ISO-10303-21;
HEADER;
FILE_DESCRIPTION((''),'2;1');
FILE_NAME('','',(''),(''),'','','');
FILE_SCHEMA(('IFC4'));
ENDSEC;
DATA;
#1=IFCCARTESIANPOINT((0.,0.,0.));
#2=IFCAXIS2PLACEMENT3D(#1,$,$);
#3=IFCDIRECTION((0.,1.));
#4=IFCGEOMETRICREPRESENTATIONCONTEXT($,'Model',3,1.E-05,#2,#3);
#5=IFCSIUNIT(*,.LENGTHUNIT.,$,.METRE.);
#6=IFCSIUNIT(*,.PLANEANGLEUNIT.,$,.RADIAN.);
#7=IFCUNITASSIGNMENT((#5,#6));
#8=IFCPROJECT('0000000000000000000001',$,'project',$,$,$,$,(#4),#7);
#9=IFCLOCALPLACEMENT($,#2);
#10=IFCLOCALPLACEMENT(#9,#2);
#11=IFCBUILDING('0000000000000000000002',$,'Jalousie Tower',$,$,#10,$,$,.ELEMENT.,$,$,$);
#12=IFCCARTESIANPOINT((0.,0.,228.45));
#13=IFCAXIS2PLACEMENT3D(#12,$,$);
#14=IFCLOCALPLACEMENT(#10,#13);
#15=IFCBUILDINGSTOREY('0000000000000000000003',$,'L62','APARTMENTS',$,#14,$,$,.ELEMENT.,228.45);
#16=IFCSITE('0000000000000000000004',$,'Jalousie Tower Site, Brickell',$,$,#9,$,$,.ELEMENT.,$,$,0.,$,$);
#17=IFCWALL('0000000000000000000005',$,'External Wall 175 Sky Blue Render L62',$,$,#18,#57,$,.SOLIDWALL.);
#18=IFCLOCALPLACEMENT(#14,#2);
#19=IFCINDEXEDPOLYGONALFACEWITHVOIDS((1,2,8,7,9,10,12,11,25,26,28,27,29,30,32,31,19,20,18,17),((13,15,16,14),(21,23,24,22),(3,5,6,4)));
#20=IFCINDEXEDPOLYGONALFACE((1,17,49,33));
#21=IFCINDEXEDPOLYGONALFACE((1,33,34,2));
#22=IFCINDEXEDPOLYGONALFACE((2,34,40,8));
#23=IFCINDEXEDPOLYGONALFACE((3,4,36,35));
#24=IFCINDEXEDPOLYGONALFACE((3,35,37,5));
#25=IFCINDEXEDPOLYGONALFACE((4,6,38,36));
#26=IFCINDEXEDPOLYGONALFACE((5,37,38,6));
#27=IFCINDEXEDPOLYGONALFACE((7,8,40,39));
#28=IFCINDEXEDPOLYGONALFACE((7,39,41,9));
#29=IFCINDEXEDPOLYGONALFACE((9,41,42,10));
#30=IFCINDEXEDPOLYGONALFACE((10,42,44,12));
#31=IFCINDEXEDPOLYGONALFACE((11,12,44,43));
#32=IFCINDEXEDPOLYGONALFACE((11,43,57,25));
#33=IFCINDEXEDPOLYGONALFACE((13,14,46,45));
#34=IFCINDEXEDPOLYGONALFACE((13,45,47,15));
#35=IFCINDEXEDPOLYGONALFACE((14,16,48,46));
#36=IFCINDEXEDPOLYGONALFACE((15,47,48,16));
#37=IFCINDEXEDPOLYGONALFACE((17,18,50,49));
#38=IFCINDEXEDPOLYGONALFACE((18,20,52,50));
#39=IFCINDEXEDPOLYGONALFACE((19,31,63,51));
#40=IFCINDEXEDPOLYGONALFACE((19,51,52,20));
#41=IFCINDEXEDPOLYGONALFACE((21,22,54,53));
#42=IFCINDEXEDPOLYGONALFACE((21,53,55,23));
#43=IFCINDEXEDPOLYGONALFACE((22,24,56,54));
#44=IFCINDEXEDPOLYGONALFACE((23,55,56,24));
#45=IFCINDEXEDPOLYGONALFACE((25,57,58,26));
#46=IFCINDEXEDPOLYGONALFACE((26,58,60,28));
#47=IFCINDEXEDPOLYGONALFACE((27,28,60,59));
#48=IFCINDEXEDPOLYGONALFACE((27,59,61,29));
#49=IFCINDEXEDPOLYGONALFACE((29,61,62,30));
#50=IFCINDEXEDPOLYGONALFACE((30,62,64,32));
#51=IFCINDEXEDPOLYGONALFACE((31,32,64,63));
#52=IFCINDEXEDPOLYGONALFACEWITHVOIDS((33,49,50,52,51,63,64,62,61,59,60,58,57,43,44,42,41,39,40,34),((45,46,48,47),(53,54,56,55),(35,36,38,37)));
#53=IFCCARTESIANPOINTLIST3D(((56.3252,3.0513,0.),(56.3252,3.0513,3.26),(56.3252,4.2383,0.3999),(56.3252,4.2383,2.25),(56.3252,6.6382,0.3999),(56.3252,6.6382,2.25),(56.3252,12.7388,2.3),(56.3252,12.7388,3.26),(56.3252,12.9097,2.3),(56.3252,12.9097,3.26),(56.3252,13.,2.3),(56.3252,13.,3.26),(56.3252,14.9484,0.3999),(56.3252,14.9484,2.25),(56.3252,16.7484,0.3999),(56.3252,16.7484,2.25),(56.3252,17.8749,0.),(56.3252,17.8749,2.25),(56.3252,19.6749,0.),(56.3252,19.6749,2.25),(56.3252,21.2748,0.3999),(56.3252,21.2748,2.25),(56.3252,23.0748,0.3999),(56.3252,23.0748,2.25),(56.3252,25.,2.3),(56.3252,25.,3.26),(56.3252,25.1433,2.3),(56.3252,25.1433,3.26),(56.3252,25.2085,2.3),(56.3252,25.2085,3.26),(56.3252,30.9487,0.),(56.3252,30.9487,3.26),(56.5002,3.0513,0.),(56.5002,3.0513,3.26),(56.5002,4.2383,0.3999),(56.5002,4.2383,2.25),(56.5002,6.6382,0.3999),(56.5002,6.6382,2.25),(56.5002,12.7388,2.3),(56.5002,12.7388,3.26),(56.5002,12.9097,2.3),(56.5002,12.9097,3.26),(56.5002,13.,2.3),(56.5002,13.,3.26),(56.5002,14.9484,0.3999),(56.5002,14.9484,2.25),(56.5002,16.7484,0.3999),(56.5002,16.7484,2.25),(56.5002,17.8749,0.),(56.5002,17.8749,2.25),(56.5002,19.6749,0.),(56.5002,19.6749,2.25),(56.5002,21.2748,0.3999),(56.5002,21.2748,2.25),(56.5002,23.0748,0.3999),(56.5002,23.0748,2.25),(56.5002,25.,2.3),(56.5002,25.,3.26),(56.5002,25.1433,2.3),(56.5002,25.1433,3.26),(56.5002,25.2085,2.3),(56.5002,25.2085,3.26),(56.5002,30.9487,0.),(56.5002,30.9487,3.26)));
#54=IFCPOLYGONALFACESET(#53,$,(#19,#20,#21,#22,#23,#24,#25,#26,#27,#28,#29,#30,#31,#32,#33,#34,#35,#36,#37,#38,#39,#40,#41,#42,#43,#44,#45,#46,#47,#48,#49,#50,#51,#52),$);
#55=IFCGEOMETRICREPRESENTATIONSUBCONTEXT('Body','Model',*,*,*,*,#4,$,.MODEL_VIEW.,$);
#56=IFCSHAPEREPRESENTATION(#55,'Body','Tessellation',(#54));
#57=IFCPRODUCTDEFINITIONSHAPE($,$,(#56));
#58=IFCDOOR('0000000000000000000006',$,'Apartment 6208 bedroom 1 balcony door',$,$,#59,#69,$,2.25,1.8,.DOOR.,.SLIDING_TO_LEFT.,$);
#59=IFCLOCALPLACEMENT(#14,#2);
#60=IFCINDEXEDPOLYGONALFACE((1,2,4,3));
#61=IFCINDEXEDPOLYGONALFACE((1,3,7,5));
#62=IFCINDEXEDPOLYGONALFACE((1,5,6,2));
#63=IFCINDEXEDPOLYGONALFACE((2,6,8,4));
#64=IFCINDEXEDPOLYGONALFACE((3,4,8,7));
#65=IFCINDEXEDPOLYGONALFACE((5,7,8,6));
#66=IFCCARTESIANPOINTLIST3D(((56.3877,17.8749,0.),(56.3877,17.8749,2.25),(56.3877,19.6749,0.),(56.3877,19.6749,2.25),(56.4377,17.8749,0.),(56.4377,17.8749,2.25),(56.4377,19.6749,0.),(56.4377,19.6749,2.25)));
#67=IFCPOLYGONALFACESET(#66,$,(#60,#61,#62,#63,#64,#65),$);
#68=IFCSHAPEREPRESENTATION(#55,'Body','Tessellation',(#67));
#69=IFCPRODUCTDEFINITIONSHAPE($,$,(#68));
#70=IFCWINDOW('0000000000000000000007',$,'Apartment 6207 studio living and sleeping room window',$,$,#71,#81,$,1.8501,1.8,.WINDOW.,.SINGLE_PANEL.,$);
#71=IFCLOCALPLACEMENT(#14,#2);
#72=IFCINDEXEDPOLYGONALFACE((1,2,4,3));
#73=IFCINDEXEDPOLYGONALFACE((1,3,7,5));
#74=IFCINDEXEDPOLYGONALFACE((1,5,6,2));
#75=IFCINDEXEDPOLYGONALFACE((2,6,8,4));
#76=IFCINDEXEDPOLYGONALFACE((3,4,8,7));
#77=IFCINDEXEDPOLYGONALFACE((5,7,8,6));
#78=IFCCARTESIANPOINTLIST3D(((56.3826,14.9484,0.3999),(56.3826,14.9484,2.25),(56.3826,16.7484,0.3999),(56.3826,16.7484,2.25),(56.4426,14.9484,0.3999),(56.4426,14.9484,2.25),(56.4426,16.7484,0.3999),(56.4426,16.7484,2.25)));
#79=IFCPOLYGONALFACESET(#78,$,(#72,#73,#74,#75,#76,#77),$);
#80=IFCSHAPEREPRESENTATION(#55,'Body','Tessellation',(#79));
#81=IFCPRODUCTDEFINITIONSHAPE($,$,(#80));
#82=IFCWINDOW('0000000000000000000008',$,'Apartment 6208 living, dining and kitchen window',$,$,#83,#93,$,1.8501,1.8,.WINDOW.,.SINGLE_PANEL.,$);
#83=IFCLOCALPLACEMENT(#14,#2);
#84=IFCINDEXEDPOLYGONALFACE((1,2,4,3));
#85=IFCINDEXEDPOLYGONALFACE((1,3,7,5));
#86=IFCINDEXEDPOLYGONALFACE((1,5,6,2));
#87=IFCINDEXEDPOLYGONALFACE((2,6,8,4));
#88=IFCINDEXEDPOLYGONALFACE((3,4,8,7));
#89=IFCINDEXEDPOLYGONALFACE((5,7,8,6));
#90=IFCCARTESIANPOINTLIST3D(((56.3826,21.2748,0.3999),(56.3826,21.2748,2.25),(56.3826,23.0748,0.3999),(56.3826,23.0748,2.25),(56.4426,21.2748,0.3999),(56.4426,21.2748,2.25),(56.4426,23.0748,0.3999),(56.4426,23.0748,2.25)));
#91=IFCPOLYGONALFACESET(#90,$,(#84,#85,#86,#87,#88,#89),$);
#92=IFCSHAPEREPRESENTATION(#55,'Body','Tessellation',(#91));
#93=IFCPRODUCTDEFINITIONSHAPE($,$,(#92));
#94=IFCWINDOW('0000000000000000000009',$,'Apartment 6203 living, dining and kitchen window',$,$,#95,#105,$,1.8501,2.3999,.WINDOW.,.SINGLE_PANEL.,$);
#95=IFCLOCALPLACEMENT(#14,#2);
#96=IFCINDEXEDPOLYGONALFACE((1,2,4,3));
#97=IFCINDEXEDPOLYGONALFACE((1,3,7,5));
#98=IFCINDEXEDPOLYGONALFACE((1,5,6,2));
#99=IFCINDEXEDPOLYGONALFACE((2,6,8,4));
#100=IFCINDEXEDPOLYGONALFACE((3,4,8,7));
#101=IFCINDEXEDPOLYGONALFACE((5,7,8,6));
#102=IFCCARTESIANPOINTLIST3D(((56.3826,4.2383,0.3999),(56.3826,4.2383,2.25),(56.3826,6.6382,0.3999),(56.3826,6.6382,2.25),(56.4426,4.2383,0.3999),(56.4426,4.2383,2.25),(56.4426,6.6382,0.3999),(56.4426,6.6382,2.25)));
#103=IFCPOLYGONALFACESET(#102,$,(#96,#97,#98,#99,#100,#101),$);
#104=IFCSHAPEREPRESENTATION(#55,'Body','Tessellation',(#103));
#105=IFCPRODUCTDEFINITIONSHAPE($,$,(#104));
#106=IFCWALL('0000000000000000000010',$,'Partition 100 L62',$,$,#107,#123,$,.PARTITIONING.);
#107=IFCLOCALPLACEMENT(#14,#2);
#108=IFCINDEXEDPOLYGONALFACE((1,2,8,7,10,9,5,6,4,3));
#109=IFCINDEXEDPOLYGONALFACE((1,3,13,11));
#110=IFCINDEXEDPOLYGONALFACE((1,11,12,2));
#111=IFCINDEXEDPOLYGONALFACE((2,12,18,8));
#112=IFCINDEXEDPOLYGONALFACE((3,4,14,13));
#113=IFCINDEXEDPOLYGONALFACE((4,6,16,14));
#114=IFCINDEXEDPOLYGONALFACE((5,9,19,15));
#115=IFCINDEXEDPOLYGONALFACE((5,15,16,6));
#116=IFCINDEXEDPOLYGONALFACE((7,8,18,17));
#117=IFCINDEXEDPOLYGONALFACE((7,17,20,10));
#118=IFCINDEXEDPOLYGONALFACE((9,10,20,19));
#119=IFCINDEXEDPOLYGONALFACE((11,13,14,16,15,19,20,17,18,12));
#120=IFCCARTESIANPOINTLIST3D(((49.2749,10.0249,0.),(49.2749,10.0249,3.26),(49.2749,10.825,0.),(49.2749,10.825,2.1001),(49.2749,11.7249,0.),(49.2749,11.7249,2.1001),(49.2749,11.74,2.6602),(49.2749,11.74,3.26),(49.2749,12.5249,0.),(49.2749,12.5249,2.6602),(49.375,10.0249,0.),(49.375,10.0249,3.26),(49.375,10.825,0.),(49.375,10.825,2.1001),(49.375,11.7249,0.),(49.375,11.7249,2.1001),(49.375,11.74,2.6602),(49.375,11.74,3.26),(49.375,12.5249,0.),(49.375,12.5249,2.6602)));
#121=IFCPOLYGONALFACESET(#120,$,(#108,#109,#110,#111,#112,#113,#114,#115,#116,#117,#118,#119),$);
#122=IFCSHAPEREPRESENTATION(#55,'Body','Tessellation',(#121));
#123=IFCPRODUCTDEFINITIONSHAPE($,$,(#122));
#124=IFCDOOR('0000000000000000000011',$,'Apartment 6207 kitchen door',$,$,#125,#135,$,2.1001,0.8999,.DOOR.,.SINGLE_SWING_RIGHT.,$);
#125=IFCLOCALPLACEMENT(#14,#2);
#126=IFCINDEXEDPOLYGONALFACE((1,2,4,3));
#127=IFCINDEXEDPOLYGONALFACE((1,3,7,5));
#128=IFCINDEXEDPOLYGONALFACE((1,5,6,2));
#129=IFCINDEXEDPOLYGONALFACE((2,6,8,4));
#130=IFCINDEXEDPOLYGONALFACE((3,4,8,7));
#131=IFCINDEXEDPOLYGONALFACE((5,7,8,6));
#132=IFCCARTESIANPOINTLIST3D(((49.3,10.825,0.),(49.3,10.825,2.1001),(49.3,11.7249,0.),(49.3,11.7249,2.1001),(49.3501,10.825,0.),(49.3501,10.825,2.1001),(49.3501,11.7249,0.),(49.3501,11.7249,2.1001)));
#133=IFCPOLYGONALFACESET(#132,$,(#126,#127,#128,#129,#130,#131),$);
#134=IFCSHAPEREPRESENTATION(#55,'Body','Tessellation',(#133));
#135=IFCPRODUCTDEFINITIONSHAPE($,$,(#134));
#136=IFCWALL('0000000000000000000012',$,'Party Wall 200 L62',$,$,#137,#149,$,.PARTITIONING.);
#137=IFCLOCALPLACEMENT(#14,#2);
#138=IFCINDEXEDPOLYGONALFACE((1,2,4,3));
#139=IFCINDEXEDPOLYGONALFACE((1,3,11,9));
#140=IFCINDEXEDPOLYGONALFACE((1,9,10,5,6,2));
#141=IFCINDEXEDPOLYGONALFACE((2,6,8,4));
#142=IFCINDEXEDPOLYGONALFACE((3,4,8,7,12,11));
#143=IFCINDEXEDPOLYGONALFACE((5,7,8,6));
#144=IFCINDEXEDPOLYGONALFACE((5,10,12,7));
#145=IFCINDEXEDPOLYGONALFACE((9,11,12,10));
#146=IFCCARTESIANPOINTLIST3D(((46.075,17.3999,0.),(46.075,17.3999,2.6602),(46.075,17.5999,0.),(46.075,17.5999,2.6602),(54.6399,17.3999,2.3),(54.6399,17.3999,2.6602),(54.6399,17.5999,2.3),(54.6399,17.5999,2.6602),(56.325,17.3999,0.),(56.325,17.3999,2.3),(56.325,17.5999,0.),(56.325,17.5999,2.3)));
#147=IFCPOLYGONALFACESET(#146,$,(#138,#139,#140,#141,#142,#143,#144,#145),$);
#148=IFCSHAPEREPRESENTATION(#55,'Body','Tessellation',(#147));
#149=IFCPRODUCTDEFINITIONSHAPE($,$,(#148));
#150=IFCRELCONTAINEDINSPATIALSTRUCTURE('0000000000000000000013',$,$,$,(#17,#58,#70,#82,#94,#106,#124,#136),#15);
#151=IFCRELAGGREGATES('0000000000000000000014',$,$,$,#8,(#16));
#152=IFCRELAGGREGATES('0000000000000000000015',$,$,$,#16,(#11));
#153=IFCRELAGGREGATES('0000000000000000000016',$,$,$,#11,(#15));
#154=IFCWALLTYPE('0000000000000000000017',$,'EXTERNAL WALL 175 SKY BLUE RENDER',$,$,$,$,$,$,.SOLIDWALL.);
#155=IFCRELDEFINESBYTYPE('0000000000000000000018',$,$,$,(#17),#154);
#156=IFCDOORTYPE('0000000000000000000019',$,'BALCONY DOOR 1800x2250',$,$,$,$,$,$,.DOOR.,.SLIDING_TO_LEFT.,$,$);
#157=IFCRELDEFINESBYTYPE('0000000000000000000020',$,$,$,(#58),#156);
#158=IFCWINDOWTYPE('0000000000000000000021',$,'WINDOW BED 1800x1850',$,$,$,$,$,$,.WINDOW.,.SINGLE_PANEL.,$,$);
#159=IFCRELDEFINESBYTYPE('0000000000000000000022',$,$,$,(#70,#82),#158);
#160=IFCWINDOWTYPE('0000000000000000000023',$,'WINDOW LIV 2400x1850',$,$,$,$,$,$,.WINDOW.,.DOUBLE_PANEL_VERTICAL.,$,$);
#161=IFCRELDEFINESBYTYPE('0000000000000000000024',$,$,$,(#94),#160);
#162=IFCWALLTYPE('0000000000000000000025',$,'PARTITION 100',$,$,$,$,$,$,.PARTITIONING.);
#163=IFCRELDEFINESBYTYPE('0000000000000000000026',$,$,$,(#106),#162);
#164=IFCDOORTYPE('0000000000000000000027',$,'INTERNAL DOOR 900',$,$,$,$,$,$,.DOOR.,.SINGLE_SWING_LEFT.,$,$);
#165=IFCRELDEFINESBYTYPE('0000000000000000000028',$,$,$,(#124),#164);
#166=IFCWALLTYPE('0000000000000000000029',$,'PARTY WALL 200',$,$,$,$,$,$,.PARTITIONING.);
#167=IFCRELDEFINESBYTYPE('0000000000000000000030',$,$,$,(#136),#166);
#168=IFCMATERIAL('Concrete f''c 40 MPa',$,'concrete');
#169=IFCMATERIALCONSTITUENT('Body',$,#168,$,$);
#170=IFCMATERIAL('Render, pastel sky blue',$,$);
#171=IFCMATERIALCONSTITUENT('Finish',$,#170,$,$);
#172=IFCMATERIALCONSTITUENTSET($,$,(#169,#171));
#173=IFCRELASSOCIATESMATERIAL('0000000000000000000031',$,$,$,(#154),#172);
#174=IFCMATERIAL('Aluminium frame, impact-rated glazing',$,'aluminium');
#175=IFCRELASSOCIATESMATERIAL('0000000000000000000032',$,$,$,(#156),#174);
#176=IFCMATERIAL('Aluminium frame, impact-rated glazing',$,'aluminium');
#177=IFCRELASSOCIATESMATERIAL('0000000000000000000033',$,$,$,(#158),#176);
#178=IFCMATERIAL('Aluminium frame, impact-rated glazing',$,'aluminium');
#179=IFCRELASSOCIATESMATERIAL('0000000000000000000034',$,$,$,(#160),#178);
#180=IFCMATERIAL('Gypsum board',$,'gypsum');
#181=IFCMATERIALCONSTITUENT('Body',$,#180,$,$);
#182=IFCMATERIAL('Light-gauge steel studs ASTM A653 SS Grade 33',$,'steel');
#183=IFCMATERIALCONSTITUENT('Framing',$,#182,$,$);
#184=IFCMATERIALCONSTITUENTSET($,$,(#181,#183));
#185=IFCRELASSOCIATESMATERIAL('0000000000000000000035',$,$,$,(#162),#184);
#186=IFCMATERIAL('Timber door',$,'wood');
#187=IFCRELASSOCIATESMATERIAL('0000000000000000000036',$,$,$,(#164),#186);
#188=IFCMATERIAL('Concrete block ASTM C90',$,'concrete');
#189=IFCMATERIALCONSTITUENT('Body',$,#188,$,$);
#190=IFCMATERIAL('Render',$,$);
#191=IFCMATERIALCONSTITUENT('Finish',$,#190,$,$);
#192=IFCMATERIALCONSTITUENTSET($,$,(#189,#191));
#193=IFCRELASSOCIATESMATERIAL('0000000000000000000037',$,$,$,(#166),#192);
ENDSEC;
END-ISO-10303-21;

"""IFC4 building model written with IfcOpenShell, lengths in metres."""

from ifc_helpers import new_model, si_unit, direction, frame, frame_2d, origin, place, context, subcontext, project, spatial, polyline, rectangle, outline, extrude, material, constituent, constituent_set, type_object, element, fill, save


model = new_model("IFC4")

# Units and contexts
model_context = context("Model", 3, precision=1e-05, world=origin(), true_north=direction((0.0, 1.0)))
body_context = subcontext(model_context, "Body", "Model", "MODEL_VIEW")
ifc_project = project(units=[si_unit("LENGTHUNIT", "METRE"), si_unit("PLANEANGLEUNIT", "RADIAN")], contexts=[model_context])

# Site, building, storey
site_placement = place(None, origin())
site = spatial("IfcSite", under=ifc_project, at=site_placement, Name="Jalousie Tower Site, Brickell", CompositionType="ELEMENT", RefElevation=0.0)
building_placement = place(site_placement, origin())
building = spatial("IfcBuilding", under=site, at=building_placement, Name="Jalousie Tower", CompositionType="ELEMENT")
storey_placement = place(building_placement, frame((0.0, 0.0, 228.45)))
storey = spatial("IfcBuildingStorey", under=building, at=storey_placement, Name="L62", Description="APARTMENTS", CompositionType="ELEMENT", Elevation=228.45)

# Wall, openings, door, windows
ifc_material_1 = material(Name="Concrete f'c 40 MPa", Category="concrete")
ifc_constituent_1 = constituent(ifc_material_1, Name="Body")
ifc_material_2 = material(Name="Render, pastel sky blue")
ifc_constituent_2 = constituent(ifc_material_2, Name="Finish")
ifc_constituent_set_1 = constituent_set(constituents=[ifc_constituent_1, ifc_constituent_2])
wall_type_1 = type_object("IfcWallType", Name="EXTERNAL WALL 175 SKY BLUE RENDER", PredefinedType="SOLIDWALL", material=ifc_constituent_set_1)
wall_1_placement = place(storey_placement, frame((56.4126, 3.0513, 0.0), z_axis=(0.0, 0.0, 1.0), x_axis=(0.0, 1.0, 0.0)))
wall_1 = element("IfcWall", 1, at=wall_1_placement, inside=storey, type_object=wall_type_1, Name="External Wall 175 Sky Blue Render L62", PredefinedType="SOLIDWALL", context=body_context, shape_type="SweptSolid", body=[
    extrude(outline(polyline([(0.0, 0.0), (27.8975, 0.0), (27.8975, 3.26), (22.1572, 3.26), (22.1572, 2.3), (22.092, 2.3), (22.092, 3.26), (21.9487, 3.26), (21.9487, 2.3), (9.9487, 2.3), (9.9487, 3.26), (9.8584, 3.26), (9.8584, 2.3), (9.6875, 2.3), (9.6875, 3.26), (0.0, 3.26), (0.0, 0.0)])), frame((0.0, 0.0874, 0.0), z_axis=(0.0, -1.0, 0.0), x_axis=(1.0, 0.0, 0.0)), (0.0, 0.0, 1.0), 0.175),
])
opening_1_placement = place(wall_1_placement, frame((1.187, 0.0, 0.3999)))
opening_1 = element("IfcOpeningElement", 2, at=opening_1_placement, cuts=wall_1, PredefinedType="OPENING", context=body_context, shape_type="SweptSolid", body=[
    extrude(rectangle(XDim=2.3999, YDim=1.8501, at=frame_2d((1.2, 0.925))), frame((0.0, 0.0974, 0.0), z_axis=(0.0, -1.0, 0.0), x_axis=(1.0, 0.0, 0.0)), (0.0, 0.0, 1.0), 0.1951),
])
opening_2_placement = place(wall_1_placement, frame((11.8972, 0.0, 0.3999)))
opening_2 = element("IfcOpeningElement", 3, at=opening_2_placement, cuts=wall_1, PredefinedType="OPENING", context=body_context, shape_type="SweptSolid", body=[
    extrude(rectangle(XDim=1.8, YDim=1.8501, at=frame_2d((0.8999, 0.925))), frame((0.0, 0.0974, 0.0), z_axis=(0.0, -1.0, 0.0), x_axis=(1.0, 0.0, 0.0)), (0.0, 0.0, 1.0), 0.1951),
])
opening_3_placement = place(wall_1_placement, frame((14.8237, 0.0, 0.0)))
opening_3 = element("IfcOpeningElement", 4, at=opening_3_placement, cuts=wall_1, PredefinedType="OPENING", context=body_context, shape_type="SweptSolid", body=[
    extrude(rectangle(XDim=1.8, YDim=2.25, at=frame_2d((0.8999, 1.125))), frame((0.0, 0.0974, 0.0), z_axis=(0.0, -1.0, 0.0), x_axis=(1.0, 0.0, 0.0)), (0.0, 0.0, 1.0), 0.1951),
])
opening_4_placement = place(wall_1_placement, frame((18.2236, 0.0, 0.3999)))
opening_4 = element("IfcOpeningElement", 5, at=opening_4_placement, cuts=wall_1, PredefinedType="OPENING", context=body_context, shape_type="SweptSolid", body=[
    extrude(rectangle(XDim=1.8, YDim=1.8501, at=frame_2d((0.8999, 0.925))), frame((0.0, 0.0974, 0.0), z_axis=(0.0, -1.0, 0.0), x_axis=(1.0, 0.0, 0.0)), (0.0, 0.0, 1.0), 0.1951),
])
ifc_material_3 = material(Name="Aluminium frame, impact-rated glazing", Category="aluminium")
door_type_1 = type_object("IfcDoorType", Name="BALCONY DOOR 1800x2250", OperationType="SLIDING_TO_LEFT", PredefinedType="DOOR", material=ifc_material_3)
door_1_placement = place(opening_3_placement, origin())
door_1 = element("IfcDoor", 6, at=door_1_placement, inside=storey, type_object=door_type_1, Name="Apartment 6208 bedroom 1 balcony door", OperationType="SLIDING_TO_LEFT", OverallHeight=2.25, OverallWidth=1.8, PredefinedType="DOOR", context=body_context, shape_type="SweptSolid", body=[
    extrude(rectangle(XDim=1.8, YDim=2.25, at=frame_2d((0.8999, 1.125))), frame((0.0, 0.0249, 0.0), z_axis=(0.0, -1.0, 0.0), x_axis=(1.0, 0.0, 0.0)), (0.0, 0.0, 1.0), 0.05),
])
fill(opening_3, door_1)
ifc_material_4 = material(Name="Aluminium frame, impact-rated glazing", Category="aluminium")
window_type_1 = type_object("IfcWindowType", Name="WINDOW BED 1800x1850", PartitioningType="SINGLE_PANEL", PredefinedType="WINDOW", material=ifc_material_4)
window_1_placement = place(opening_2_placement, origin())
window_1 = element("IfcWindow", 7, at=window_1_placement, inside=storey, type_object=window_type_1, Name="Apartment 6207 studio living and sleeping room window", OverallHeight=1.8501, OverallWidth=1.8, PartitioningType="SINGLE_PANEL", PredefinedType="WINDOW", context=body_context, shape_type="SweptSolid", body=[
    extrude(rectangle(XDim=1.8, YDim=1.8501, at=frame_2d((0.8999, 0.925))), frame((0.0, 0.03, 0.0), z_axis=(0.0, -1.0, 0.0), x_axis=(1.0, 0.0, 0.0)), (0.0, 0.0, 1.0), 0.0601),
])
fill(opening_2, window_1)
window_2_placement = place(opening_4_placement, origin())
window_2 = element("IfcWindow", 8, at=window_2_placement, inside=storey, type_object=window_type_1, Name="Apartment 6208 living, dining and kitchen window", OverallHeight=1.8501, OverallWidth=1.8, PartitioningType="SINGLE_PANEL", PredefinedType="WINDOW", context=body_context, shape_type="SweptSolid", body=[
    extrude(rectangle(XDim=1.8, YDim=1.8501, at=frame_2d((0.8999, 0.925))), frame((0.0, 0.03, 0.0), z_axis=(0.0, -1.0, 0.0), x_axis=(1.0, 0.0, 0.0)), (0.0, 0.0, 1.0), 0.0601),
])
fill(opening_4, window_2)
ifc_material_5 = material(Name="Aluminium frame, impact-rated glazing", Category="aluminium")
window_type_2 = type_object("IfcWindowType", Name="WINDOW LIV 2400x1850", PartitioningType="DOUBLE_PANEL_VERTICAL", PredefinedType="WINDOW", material=ifc_material_5)
window_3_placement = place(opening_1_placement, origin())
window_3 = element("IfcWindow", 9, at=window_3_placement, inside=storey, type_object=window_type_2, Name="Apartment 6203 living, dining and kitchen window", OverallHeight=1.8501, OverallWidth=2.3999, PartitioningType="SINGLE_PANEL", PredefinedType="WINDOW", context=body_context, shape_type="SweptSolid", body=[
    extrude(rectangle(XDim=2.3999, YDim=1.8501, at=frame_2d((1.2, 0.925))), frame((0.0, 0.03, 0.0), z_axis=(0.0, -1.0, 0.0), x_axis=(1.0, 0.0, 0.0)), (0.0, 0.0, 1.0), 0.0601),
])
fill(opening_1, window_3)

# Wall, opening, door
ifc_material_6 = material(Name="Gypsum board", Category="gypsum")
ifc_constituent_3 = constituent(ifc_material_6, Name="Body")
ifc_material_7 = material(Name="Light-gauge steel studs ASTM A653 SS Grade 33", Category="steel")
ifc_constituent_4 = constituent(ifc_material_7, Name="Framing")
ifc_constituent_set_2 = constituent_set(constituents=[ifc_constituent_3, ifc_constituent_4])
wall_type_2 = type_object("IfcWallType", Name="PARTITION 100", PredefinedType="PARTITIONING", material=ifc_constituent_set_2)
wall_2_placement = place(storey_placement, frame((49.325, 10.0249, 0.0), z_axis=(0.0, 0.0, 1.0), x_axis=(0.0, 1.0, 0.0)))
wall_2 = element("IfcWall", 10, at=wall_2_placement, inside=storey, type_object=wall_type_2, Name="Partition 100 L62", PredefinedType="PARTITIONING", context=body_context, shape_type="SweptSolid", body=[
    extrude(outline(polyline([(0.0, 0.0), (2.5, 0.0), (2.5, 3.26), (2.5, 2.6602), (1.7151, 2.6602), (1.7151, 3.26), (0.0, 3.26), (0.0, 0.0)])), frame((0.0, 0.05, 0.0), z_axis=(0.0, -1.0, 0.0), x_axis=(1.0, 0.0, 0.0)), (0.0, 0.0, 1.0), 0.1001),
])
opening_5_placement = place(wall_2_placement, frame((0.8, 0.0, 0.0)))
opening_5 = element("IfcOpeningElement", 11, at=opening_5_placement, cuts=wall_2, PredefinedType="OPENING", context=body_context, shape_type="SweptSolid", body=[
    extrude(rectangle(XDim=0.8999, YDim=2.1001, at=frame_2d((0.45, 1.05))), frame((0.0, 0.0601, 0.0), z_axis=(0.0, -1.0, 0.0), x_axis=(1.0, 0.0, 0.0)), (0.0, 0.0, 1.0), 0.1201),
])
ifc_material_8 = material(Name="Timber door", Category="wood")
door_type_2 = type_object("IfcDoorType", Name="INTERNAL DOOR 900", OperationType="SINGLE_SWING_LEFT", PredefinedType="DOOR", material=ifc_material_8)
door_2_placement = place(opening_5_placement, origin())
door_2 = element("IfcDoor", 12, at=door_2_placement, inside=storey, type_object=door_type_2, Name="Apartment 6207 kitchen door", OperationType="SINGLE_SWING_RIGHT", OverallHeight=2.1001, OverallWidth=0.8999, PredefinedType="DOOR", context=body_context, shape_type="SweptSolid", body=[
    extrude(rectangle(XDim=0.8999, YDim=2.1001, at=frame_2d((0.45, 1.05))), frame((0.0, 0.0249, 0.0), z_axis=(0.0, -1.0, 0.0), x_axis=(1.0, 0.0, 0.0)), (0.0, 0.0, 1.0), 0.05),
])
fill(opening_5, door_2)

# Wall
ifc_material_9 = material(Name="Concrete block ASTM C90", Category="concrete")
ifc_constituent_5 = constituent(ifc_material_9, Name="Body")
ifc_material_10 = material(Name="Render")
ifc_constituent_6 = constituent(ifc_material_10, Name="Finish")
ifc_constituent_set_3 = constituent_set(constituents=[ifc_constituent_5, ifc_constituent_6])
wall_type_3 = type_object("IfcWallType", Name="PARTY WALL 200", PredefinedType="PARTITIONING", material=ifc_constituent_set_3)
wall_3_placement = place(storey_placement, frame((56.325, 17.5, 0.0), z_axis=(0.0, 0.0, 1.0), x_axis=(-1.0, 0.0, 0.0)))
element("IfcWall", 13, at=wall_3_placement, inside=storey, type_object=wall_type_3, Name="Party Wall 200 L62", PredefinedType="PARTITIONING", context=body_context, shape_type="SweptSolid", body=[
    extrude(outline(polyline([(0.0, 0.0), (10.25, 0.0), (10.25, 3.26), (10.25, 2.6602), (1.6851, 2.6602), (1.6851, 2.3), (0.0, 2.3), (0.0, 3.26), (0.0, 0.0)])), frame((0.0, 0.1001, 0.0), z_axis=(0.0, -1.0, 0.0), x_axis=(1.0, 0.0, 0.0)), (0.0, 0.0, 1.0), 0.2),
])

save(model, "model.ifc")
